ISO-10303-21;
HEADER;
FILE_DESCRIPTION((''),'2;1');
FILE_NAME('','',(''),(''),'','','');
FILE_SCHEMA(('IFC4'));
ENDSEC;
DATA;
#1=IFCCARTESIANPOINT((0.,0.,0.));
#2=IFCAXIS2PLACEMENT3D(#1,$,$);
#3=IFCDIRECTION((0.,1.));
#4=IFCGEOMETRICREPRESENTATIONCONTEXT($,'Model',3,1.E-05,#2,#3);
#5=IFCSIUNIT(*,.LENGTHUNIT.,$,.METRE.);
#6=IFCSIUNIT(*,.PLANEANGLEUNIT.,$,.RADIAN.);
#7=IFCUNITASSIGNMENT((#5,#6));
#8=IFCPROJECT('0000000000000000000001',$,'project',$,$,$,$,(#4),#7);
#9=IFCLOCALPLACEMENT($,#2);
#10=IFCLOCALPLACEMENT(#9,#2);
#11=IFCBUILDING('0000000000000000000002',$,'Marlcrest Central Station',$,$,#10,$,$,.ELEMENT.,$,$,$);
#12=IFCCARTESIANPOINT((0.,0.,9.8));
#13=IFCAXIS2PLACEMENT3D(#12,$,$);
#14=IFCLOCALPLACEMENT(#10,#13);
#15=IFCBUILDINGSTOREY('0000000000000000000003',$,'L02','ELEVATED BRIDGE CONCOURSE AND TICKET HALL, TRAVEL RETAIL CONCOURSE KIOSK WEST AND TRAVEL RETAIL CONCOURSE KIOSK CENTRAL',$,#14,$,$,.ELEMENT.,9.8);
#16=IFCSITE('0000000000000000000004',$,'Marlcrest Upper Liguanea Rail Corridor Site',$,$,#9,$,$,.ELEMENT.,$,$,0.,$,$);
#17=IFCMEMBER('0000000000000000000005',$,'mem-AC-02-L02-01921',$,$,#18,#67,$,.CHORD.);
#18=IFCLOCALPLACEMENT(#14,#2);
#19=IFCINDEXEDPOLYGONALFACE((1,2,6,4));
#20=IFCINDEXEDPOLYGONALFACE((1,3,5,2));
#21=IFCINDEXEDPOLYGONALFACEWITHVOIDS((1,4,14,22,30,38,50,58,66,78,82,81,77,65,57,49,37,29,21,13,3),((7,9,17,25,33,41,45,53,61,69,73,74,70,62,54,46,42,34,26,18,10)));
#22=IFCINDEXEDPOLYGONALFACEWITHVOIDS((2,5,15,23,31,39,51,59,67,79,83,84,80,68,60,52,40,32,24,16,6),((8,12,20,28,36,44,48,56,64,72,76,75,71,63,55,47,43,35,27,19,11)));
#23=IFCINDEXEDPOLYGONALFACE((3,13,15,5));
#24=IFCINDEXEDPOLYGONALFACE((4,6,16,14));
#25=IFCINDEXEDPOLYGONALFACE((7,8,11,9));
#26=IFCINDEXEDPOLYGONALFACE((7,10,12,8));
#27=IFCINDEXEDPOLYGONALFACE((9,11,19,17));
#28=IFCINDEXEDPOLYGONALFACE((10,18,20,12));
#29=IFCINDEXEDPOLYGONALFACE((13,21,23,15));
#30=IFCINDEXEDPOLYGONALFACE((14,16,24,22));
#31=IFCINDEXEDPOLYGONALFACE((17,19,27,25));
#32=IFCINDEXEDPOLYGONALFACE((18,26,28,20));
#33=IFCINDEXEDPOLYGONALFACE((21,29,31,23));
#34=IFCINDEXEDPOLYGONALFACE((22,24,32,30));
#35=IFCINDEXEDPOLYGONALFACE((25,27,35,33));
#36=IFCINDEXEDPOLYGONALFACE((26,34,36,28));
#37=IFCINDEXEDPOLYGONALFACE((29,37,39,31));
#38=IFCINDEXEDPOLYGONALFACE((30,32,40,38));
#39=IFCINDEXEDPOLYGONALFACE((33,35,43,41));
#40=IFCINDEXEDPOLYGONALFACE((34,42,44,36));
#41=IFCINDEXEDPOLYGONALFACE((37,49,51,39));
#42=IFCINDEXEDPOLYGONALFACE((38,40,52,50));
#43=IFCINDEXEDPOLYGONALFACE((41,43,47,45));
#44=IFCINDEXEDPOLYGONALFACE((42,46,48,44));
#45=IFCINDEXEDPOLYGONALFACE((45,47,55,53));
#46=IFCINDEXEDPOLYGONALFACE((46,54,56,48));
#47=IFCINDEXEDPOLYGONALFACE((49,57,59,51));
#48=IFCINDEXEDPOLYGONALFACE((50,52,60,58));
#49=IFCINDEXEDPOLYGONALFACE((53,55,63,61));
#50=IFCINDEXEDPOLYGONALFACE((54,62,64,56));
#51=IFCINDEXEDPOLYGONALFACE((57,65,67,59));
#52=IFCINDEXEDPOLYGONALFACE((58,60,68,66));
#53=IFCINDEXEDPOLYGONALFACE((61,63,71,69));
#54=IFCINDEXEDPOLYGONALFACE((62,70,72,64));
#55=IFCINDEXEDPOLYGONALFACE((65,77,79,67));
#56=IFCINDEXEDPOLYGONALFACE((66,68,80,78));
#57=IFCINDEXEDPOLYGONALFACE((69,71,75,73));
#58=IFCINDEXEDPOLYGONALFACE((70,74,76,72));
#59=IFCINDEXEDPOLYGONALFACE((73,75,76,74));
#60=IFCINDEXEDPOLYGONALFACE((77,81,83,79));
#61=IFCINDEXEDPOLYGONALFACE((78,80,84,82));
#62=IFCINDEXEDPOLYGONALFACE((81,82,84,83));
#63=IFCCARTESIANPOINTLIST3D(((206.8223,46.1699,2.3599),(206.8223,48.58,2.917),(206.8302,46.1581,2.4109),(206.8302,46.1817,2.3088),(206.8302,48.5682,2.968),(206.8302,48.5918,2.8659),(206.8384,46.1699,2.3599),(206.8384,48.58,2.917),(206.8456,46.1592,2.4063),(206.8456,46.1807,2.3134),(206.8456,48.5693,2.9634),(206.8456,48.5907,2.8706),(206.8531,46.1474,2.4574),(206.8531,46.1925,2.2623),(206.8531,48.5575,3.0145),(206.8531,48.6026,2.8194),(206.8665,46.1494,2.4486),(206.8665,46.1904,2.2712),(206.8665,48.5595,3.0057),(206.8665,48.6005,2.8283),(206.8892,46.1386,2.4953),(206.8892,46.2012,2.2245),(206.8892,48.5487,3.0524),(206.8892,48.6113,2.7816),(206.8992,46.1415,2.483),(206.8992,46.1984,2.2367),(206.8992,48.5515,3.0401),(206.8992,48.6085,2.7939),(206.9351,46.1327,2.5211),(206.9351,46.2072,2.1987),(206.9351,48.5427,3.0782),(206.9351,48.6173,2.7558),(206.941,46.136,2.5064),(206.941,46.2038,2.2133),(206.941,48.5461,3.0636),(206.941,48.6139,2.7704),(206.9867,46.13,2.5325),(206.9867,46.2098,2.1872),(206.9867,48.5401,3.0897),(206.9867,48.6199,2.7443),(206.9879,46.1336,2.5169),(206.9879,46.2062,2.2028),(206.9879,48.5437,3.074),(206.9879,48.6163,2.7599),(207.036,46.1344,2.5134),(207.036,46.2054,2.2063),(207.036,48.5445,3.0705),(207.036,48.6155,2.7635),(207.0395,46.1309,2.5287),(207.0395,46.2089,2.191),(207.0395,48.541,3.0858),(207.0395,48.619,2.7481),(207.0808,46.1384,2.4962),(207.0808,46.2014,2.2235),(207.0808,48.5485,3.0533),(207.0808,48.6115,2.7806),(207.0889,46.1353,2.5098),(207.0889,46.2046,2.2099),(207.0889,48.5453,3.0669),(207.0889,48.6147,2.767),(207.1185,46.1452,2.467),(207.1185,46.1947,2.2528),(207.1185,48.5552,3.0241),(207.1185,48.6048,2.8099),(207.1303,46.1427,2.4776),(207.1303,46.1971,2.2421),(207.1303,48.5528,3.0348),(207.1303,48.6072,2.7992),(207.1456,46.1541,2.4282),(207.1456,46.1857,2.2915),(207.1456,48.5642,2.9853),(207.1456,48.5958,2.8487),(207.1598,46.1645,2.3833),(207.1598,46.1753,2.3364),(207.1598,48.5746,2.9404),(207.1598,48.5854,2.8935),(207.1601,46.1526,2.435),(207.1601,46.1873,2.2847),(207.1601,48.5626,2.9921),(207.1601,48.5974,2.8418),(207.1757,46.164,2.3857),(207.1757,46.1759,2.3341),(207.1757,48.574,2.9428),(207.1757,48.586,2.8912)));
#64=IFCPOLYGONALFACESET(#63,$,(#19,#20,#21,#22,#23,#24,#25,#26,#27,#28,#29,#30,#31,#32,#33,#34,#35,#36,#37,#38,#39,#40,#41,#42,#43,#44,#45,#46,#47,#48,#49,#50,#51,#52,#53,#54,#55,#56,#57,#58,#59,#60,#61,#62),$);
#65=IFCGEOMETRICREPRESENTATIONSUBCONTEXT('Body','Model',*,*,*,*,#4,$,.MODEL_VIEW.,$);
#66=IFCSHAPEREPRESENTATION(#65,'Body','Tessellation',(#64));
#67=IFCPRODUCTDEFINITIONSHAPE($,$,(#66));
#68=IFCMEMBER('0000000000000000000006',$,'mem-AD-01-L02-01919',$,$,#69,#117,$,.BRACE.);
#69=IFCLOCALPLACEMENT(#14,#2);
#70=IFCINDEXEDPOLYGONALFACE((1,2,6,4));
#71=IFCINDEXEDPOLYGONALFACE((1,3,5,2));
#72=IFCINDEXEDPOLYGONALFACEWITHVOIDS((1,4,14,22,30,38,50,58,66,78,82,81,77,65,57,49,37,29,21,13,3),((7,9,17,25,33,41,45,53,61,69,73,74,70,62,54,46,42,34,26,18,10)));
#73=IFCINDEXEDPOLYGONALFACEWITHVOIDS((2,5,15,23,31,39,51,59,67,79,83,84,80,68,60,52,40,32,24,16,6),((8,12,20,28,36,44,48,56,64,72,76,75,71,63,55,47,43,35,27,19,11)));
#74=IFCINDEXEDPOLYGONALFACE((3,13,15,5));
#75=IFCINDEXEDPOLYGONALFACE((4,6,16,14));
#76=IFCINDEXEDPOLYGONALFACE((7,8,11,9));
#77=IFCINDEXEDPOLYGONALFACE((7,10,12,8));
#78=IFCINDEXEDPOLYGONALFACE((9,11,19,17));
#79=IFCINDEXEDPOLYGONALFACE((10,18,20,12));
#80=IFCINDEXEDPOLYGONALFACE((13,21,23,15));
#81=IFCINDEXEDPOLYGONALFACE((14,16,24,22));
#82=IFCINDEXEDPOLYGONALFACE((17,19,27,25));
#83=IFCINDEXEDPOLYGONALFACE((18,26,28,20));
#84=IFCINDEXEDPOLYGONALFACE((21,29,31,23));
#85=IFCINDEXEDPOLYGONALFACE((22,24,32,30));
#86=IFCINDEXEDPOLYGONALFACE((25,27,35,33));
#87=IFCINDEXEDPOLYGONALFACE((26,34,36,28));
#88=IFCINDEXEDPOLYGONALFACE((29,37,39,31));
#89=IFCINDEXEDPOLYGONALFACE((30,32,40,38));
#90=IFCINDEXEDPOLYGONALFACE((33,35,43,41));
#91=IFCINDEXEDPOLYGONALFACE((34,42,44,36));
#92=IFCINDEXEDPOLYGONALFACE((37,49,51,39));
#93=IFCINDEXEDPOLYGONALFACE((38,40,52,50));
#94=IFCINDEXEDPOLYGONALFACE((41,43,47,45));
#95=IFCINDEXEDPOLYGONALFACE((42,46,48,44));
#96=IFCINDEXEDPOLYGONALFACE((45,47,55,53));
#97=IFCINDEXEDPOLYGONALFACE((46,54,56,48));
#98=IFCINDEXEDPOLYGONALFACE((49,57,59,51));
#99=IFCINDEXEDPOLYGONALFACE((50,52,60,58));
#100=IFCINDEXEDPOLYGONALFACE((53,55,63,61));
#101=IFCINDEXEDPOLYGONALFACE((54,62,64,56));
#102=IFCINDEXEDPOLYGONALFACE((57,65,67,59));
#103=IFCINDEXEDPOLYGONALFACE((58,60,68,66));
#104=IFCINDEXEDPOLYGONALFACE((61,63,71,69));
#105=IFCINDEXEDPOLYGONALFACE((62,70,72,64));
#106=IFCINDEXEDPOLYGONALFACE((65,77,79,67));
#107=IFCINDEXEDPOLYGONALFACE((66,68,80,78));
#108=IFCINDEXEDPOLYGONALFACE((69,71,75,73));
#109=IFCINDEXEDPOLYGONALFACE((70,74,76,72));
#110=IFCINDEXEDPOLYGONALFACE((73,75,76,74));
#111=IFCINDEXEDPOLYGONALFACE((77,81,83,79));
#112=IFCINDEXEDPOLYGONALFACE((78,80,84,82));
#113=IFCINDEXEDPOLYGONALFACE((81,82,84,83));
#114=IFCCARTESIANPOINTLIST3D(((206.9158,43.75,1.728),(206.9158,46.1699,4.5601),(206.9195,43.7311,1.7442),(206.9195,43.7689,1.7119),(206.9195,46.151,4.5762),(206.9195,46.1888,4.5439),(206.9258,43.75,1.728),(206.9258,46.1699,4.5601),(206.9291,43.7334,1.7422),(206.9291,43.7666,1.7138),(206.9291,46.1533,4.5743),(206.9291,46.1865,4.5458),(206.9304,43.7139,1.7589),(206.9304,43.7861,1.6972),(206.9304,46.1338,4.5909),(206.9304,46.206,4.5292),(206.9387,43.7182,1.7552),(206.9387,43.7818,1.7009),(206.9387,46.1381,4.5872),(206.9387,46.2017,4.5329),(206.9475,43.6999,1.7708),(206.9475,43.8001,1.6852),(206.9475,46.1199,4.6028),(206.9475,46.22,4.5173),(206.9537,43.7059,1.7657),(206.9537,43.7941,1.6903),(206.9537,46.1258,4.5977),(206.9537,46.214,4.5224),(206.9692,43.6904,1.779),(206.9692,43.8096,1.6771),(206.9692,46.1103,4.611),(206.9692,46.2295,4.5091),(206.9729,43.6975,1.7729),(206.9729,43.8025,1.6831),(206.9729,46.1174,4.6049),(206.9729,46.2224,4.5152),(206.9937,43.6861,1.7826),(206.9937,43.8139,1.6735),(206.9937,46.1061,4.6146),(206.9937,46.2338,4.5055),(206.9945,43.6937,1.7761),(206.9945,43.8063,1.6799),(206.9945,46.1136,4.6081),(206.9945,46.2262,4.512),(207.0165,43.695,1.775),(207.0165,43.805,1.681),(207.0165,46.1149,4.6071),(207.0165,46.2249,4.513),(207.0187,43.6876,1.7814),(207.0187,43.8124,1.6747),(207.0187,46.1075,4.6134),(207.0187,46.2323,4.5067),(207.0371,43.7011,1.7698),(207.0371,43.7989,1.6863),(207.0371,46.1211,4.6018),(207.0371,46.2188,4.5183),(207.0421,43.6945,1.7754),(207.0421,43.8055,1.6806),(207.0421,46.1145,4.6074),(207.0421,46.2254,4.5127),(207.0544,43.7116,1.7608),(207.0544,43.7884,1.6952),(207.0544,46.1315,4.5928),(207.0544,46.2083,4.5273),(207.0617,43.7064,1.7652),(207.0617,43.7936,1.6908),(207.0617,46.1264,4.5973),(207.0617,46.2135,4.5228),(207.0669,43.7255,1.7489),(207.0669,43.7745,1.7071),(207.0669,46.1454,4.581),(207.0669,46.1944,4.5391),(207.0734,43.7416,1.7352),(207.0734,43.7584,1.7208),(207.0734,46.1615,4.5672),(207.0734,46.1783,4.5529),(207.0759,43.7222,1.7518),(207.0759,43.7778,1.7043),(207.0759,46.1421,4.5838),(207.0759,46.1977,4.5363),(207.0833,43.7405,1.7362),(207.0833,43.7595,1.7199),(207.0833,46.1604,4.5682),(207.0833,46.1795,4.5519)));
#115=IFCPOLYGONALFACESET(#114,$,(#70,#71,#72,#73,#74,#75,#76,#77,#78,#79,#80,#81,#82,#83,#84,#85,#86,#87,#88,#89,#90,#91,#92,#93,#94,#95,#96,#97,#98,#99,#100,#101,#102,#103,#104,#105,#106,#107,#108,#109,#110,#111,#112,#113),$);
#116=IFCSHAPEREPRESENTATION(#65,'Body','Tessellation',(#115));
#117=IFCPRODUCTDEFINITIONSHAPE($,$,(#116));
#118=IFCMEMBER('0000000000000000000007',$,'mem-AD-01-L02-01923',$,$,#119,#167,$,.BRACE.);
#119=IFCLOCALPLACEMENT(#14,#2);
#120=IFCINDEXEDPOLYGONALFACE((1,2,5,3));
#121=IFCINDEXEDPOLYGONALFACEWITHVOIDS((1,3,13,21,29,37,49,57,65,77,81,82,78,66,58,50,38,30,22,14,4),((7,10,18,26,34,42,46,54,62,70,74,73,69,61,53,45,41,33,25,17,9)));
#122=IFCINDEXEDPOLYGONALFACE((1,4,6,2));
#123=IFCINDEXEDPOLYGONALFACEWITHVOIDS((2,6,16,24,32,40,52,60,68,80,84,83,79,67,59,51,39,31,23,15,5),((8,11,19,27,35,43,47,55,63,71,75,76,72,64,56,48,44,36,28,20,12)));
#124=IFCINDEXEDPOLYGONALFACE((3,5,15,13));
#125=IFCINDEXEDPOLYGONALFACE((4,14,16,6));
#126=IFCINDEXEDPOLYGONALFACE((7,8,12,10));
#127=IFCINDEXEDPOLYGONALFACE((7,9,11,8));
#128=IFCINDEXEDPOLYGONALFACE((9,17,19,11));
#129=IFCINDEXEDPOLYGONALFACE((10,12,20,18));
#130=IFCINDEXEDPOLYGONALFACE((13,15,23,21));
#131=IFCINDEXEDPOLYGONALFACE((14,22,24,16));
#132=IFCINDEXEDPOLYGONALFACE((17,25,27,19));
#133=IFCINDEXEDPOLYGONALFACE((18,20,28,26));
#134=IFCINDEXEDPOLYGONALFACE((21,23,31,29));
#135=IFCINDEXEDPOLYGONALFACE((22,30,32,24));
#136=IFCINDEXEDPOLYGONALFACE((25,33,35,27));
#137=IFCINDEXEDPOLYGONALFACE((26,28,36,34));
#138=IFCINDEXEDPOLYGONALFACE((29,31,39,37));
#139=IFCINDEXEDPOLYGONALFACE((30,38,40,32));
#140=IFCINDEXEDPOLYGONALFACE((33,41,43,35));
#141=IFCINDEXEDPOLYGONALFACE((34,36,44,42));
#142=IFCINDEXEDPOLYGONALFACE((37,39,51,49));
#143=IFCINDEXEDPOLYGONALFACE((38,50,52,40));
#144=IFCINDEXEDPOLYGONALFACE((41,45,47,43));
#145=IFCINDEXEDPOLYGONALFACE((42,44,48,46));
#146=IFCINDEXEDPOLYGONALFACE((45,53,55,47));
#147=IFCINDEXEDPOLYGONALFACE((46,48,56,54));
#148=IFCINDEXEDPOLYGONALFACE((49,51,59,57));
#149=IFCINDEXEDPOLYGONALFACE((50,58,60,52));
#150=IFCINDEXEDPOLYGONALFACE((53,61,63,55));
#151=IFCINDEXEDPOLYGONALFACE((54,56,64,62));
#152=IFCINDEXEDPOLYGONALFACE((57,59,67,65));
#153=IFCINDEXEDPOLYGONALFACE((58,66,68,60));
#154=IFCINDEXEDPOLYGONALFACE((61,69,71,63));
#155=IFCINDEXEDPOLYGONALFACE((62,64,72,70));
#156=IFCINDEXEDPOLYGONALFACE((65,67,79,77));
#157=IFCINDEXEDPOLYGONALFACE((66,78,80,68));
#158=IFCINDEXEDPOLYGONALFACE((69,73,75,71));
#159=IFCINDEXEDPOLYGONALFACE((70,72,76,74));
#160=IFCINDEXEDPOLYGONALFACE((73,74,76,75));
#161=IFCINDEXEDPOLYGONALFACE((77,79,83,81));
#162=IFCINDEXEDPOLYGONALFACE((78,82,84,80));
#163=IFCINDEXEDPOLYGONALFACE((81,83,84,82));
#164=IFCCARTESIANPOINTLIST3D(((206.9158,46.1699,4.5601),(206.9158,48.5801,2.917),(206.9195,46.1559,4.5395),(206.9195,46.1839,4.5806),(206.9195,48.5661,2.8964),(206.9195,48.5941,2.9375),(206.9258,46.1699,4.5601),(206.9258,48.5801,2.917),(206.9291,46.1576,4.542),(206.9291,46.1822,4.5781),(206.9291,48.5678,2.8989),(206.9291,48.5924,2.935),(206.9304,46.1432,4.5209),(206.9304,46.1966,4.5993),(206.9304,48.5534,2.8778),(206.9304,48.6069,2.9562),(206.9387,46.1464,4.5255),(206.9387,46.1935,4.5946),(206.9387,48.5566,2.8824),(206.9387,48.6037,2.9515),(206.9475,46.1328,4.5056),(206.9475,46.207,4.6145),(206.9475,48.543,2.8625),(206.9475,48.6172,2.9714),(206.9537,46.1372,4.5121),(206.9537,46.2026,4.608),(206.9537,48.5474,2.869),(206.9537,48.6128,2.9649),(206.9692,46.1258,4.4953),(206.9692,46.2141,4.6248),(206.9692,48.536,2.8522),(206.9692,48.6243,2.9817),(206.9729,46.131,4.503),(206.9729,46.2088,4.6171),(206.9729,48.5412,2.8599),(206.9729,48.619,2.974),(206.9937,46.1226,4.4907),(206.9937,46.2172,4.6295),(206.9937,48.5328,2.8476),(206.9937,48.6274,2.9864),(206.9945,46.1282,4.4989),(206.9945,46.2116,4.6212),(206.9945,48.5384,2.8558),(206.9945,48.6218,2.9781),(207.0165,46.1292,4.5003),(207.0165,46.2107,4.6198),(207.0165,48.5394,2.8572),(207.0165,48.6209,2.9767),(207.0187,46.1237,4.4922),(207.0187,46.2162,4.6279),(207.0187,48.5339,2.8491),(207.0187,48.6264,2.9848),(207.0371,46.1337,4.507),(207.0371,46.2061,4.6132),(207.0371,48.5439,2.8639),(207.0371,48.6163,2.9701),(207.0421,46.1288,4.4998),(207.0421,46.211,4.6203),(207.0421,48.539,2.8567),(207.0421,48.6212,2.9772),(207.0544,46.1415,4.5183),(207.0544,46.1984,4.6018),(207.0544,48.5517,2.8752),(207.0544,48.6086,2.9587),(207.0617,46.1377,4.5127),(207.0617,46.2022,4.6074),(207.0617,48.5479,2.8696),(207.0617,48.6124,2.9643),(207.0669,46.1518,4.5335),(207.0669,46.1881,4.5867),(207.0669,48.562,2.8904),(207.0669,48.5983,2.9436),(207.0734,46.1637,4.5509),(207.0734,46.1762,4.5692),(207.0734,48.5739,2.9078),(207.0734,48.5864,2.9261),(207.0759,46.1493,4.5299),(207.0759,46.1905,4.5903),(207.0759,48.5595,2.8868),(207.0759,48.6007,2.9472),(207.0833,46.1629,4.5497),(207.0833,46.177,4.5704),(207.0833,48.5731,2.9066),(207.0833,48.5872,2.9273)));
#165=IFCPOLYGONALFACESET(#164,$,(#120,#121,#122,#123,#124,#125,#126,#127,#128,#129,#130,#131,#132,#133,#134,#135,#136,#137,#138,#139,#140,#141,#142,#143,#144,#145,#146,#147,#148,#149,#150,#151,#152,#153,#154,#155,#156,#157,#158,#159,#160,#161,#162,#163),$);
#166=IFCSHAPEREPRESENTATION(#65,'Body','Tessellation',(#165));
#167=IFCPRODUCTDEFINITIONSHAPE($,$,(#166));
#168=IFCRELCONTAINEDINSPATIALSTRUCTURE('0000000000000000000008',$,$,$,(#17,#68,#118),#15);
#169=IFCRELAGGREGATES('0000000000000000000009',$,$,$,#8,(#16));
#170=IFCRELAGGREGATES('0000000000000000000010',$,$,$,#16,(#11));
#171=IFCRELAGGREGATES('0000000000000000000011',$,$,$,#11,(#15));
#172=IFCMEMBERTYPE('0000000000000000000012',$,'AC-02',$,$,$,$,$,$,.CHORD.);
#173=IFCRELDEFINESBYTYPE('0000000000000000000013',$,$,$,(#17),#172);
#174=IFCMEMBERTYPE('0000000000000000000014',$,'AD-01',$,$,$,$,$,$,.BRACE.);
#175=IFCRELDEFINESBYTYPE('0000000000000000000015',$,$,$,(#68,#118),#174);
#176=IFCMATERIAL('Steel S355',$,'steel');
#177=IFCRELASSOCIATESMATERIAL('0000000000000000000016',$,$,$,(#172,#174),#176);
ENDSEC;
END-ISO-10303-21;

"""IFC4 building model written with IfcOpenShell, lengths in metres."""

from ifc_helpers import new_model, si_unit, direction, frame, origin, origin_2d, place, context, subcontext, project, spatial, hollow_circle, extrude, material, material_profile, profile_set, type_object, element, save


model = new_model("IFC4")

# Units and contexts
model_context = context("Model", 3, precision=1e-05, world=origin(), true_north=direction((0.0, 1.0)))
body_context = subcontext(model_context, "Body", "Model", "MODEL_VIEW")
ifc_project = project(units=[si_unit("LENGTHUNIT", "METRE"), si_unit("PLANEANGLEUNIT", "RADIAN")], contexts=[model_context])

# Site, building, storey
site_placement = place(None, origin())
site = spatial("IfcSite", under=ifc_project, at=site_placement, Name="Marlcrest Upper Liguanea Rail Corridor Site", CompositionType="ELEMENT", RefElevation=0.0)
building_placement = place(site_placement, origin())
building = spatial("IfcBuilding", under=site, at=building_placement, Name="Marlcrest Central Station", CompositionType="ELEMENT")
storey_placement = place(building_placement, frame((0.0, 0.0, 9.8)))
storey = spatial("IfcBuildingStorey", under=building, at=storey_placement, Name="L02", Description="ELEVATED BRIDGE CONCOURSE AND TICKET HALL, TRAVEL RETAIL CONCOURSE KIOSK WEST AND TRAVEL RETAIL CONCOURSE KIOSK CENTRAL", CompositionType="ELEMENT", Elevation=9.8)

# Members
ifc_material_1 = material(Name="Steel S355", Category="steel")
ifc_material_profile_1 = material_profile(ifc_material_1, hollow_circle(Radius=0.1777, WallThickness=0.0161, at=origin_2d()), Name="CHS 355.6x16")
ifc_profile_set_1 = profile_set([ifc_material_profile_1], Name="Steel S355")
member_type_1 = type_object("IfcMemberType", Name="AC-02", PredefinedType="CHORD", material=ifc_profile_set_1)
member_1_placement = place(storey_placement, frame((207.0, 46.1699, 2.3599), z_axis=(0.0, 0.974308, 0.22522), x_axis=(-1.0, 0.0, 0.0)))
element("IfcMember", 1, at=member_1_placement, inside=storey, type_object=member_type_1, Name="mem-AC-02-L02-01921", PredefinedType="CHORD", context=body_context, shape_type="SweptSolid", body=[
    extrude(hollow_circle(Radius=0.1777, WallThickness=0.0161, at=origin_2d()), origin(), (0.0, 0.0, 1.0), 2.4736),
])
ifc_material_profile_2 = material_profile(ifc_material_1, hollow_circle(Radius=0.0842, WallThickness=0.01, at=origin_2d()), Name="CHS 168.3x10")
ifc_profile_set_2 = profile_set([ifc_material_profile_2], Name="Steel S355")
member_type_2 = type_object("IfcMemberType", Name="AD-01", PredefinedType="BRACE", material=ifc_profile_set_2)
member_2_placement = place(storey_placement, frame((207.0, 43.75, 1.728), z_axis=(0.0, 0.649625, 0.760255), x_axis=(-1.0, 0.0, 0.0)))
element("IfcMember", 2, at=member_2_placement, inside=storey, type_object=member_type_2, Name="mem-AD-01-L02-01919", PredefinedType="BRACE", context=body_context, shape_type="SweptSolid", body=[
    extrude(hollow_circle(Radius=0.0842, WallThickness=0.01, at=origin_2d()), origin(), (0.0, 0.0, 1.0), 3.7251),
])
member_3_placement = place(storey_placement, frame((207.0, 46.1699, 4.5601), z_axis=(0.0, 0.826263, -0.563285), x_axis=(-1.0, 0.0, 0.0)))
element("IfcMember", 3, at=member_3_placement, inside=storey, type_object=member_type_2, Name="mem-AD-01-L02-01923", PredefinedType="BRACE", context=body_context, shape_type="SweptSolid", body=[
    extrude(hollow_circle(Radius=0.0842, WallThickness=0.01, at=origin_2d()), origin(), (0.0, 0.0, 1.0), 2.917),
])

save(model, "model.ifc")
